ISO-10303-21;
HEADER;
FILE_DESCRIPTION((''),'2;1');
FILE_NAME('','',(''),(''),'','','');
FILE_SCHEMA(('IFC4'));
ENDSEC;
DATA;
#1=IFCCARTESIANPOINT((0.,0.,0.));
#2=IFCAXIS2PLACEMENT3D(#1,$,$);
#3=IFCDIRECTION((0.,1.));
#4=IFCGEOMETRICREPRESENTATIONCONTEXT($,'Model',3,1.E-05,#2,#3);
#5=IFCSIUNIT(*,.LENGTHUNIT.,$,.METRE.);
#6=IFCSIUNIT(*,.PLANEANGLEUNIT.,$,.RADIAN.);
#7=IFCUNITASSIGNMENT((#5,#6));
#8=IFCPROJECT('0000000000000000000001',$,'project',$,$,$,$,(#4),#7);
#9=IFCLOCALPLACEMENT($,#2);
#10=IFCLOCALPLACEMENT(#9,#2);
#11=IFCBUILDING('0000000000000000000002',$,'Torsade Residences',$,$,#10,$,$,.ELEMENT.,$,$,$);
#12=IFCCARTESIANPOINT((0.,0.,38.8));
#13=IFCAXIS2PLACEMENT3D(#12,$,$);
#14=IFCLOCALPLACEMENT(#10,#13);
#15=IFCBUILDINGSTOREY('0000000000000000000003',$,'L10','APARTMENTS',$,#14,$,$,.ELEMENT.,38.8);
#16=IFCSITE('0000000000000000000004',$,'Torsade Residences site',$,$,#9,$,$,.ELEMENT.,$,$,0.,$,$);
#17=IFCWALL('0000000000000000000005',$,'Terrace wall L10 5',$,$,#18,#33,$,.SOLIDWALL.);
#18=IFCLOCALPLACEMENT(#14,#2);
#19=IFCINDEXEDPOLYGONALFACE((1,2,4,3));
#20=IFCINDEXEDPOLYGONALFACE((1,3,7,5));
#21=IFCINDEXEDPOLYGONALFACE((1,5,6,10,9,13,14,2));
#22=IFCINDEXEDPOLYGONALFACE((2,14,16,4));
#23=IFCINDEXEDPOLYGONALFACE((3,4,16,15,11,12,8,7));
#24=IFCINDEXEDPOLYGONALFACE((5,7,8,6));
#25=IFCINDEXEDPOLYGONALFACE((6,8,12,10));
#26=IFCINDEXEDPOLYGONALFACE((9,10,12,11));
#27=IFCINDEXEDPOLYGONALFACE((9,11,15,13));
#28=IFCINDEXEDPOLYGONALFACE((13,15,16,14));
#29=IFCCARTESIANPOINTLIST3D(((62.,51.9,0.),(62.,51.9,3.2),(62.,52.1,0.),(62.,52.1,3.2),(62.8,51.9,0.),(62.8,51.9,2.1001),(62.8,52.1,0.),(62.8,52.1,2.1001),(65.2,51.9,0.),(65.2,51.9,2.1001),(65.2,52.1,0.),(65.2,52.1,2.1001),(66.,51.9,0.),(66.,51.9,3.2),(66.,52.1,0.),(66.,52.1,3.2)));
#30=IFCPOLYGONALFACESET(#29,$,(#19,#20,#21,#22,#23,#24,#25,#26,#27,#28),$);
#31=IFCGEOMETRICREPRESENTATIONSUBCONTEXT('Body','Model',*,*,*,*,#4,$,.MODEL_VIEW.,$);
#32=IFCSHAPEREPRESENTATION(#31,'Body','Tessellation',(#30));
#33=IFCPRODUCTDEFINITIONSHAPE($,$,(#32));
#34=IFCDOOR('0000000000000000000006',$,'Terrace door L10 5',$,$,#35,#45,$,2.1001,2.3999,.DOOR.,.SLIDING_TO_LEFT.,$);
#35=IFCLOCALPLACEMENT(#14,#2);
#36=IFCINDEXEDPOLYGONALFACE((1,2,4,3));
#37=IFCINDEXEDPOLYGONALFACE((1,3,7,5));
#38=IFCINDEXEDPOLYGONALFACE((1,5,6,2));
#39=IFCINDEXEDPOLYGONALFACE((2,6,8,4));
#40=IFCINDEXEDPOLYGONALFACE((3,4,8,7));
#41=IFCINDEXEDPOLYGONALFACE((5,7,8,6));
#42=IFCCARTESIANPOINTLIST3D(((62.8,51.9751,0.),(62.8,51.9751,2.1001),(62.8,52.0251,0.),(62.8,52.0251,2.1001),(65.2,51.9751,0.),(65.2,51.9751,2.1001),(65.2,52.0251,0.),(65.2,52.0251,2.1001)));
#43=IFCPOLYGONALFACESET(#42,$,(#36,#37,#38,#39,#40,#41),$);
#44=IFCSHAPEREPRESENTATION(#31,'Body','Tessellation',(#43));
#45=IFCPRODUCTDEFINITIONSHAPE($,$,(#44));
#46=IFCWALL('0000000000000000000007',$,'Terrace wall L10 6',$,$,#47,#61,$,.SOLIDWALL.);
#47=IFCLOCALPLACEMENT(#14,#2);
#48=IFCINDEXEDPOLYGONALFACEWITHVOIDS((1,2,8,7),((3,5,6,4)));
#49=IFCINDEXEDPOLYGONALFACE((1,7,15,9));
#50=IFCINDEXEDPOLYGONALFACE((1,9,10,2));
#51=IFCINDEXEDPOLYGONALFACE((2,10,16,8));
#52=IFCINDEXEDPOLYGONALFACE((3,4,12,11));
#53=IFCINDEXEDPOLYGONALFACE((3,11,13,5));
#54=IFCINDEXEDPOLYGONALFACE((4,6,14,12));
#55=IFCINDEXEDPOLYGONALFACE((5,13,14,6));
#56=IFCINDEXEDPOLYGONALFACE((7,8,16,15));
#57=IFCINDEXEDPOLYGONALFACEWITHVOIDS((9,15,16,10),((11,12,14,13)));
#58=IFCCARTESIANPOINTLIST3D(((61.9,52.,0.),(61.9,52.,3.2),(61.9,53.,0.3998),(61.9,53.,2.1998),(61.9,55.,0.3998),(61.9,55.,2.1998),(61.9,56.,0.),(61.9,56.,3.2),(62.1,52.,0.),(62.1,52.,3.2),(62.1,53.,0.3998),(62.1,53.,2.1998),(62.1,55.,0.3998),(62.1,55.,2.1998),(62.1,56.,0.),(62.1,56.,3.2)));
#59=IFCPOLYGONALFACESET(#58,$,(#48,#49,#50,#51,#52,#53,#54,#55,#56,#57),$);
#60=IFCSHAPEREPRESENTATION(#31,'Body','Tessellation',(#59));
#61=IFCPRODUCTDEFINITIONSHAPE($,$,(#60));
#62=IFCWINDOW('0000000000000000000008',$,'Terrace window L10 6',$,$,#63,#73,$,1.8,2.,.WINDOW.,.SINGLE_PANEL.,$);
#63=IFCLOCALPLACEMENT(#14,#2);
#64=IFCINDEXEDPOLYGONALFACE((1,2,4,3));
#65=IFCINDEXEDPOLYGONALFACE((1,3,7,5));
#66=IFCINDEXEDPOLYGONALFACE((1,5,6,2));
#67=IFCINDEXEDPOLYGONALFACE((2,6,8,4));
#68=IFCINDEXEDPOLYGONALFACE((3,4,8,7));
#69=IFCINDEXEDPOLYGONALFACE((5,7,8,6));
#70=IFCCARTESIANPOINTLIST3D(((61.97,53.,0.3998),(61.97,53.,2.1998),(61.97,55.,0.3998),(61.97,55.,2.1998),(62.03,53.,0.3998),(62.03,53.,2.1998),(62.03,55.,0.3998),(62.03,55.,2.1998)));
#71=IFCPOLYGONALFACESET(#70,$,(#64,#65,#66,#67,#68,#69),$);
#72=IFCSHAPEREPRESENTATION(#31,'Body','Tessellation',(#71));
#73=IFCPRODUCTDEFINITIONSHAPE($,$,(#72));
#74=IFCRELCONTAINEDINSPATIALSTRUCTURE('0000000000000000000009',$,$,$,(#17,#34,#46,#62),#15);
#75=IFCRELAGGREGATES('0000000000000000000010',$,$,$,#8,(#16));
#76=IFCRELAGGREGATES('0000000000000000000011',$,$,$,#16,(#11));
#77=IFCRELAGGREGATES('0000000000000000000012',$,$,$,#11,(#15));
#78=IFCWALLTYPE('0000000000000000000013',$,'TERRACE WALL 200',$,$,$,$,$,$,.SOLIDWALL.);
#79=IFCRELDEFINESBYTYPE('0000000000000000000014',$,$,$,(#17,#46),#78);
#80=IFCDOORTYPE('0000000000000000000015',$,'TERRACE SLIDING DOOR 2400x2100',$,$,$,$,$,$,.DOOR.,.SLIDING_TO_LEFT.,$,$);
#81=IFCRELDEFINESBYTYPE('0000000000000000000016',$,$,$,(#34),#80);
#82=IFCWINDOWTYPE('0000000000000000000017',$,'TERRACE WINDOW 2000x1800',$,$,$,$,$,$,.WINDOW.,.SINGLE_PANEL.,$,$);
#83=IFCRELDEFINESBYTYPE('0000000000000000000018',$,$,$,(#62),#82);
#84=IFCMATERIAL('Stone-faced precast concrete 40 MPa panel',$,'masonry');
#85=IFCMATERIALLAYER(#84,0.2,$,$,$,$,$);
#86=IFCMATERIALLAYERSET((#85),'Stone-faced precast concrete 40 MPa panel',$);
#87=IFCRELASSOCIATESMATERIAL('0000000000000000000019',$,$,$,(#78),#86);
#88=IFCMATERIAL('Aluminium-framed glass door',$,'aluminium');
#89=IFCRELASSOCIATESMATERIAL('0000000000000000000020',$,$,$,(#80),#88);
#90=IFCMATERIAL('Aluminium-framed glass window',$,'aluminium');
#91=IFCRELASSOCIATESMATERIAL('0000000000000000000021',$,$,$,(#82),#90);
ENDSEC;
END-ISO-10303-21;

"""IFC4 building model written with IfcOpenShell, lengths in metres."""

from ifc_helpers import new_model, si_unit, direction, frame, frame_2d, origin, place, context, subcontext, project, spatial, rectangle, extrude, material, layer, layer_set, type_object, element, fill, save


model = new_model("IFC4")

# Units and contexts
model_context = context("Model", 3, precision=1e-05, world=origin(), true_north=direction((0.0, 1.0)))
body_context = subcontext(model_context, "Body", "Model", "MODEL_VIEW")
ifc_project = project(units=[si_unit("LENGTHUNIT", "METRE"), si_unit("PLANEANGLEUNIT", "RADIAN")], contexts=[model_context])

# Site, building, storey
site_placement = place(None, origin())
site = spatial("IfcSite", under=ifc_project, at=site_placement, Name="Torsade Residences site", CompositionType="ELEMENT", RefElevation=0.0)
building_placement = place(site_placement, origin())
building = spatial("IfcBuilding", under=site, at=building_placement, Name="Torsade Residences", CompositionType="ELEMENT")
storey_placement = place(building_placement, frame((0.0, 0.0, 38.8)))
storey = spatial("IfcBuildingStorey", under=building, at=storey_placement, Name="L10", Description="APARTMENTS", CompositionType="ELEMENT", Elevation=38.8)

# Wall, opening, door
ifc_material_1 = material(Name="Stone-faced precast concrete 40 MPa panel", Category="masonry")
ifc_layer_1 = layer(ifc_material_1, 0.2)
ifc_layer_set_1 = layer_set([ifc_layer_1], Name="Stone-faced precast concrete 40 MPa panel")
wall_type_1 = type_object("IfcWallType", Name="TERRACE WALL 200", PredefinedType="SOLIDWALL", material=ifc_layer_set_1)
wall_1_placement = place(storey_placement, frame((66.0, 52.0, 0.0), z_axis=(0.0, 0.0, 1.0), x_axis=(-1.0, 0.0, 0.0)))
wall_1 = element("IfcWall", 1, at=wall_1_placement, inside=storey, type_object=wall_type_1, Name="Terrace wall L10 5", PredefinedType="SOLIDWALL", context=body_context, shape_type="SweptSolid", body=[
    extrude(rectangle(XDim=4.0, YDim=0.2, at=frame_2d((2.0, 0.0))), origin(), (0.0, 0.0, 1.0), 3.2),
])
opening_1_placement = place(wall_1_placement, frame((0.8, 0.0, 0.0)))
opening_1 = element("IfcOpeningElement", 2, at=opening_1_placement, cuts=wall_1, PredefinedType="OPENING", context=body_context, shape_type="SweptSolid", body=[
    extrude(rectangle(XDim=2.3999, YDim=2.1001, at=frame_2d((1.2, 1.05))), frame((0.0, 0.1099, 0.0), z_axis=(0.0, -1.0, 0.0), x_axis=(1.0, 0.0, 0.0)), (0.0, 0.0, 1.0), 0.22),
])
ifc_material_2 = material(Name="Aluminium-framed glass door", Category="aluminium")
door_type = type_object("IfcDoorType", Name="TERRACE SLIDING DOOR 2400x2100", OperationType="SLIDING_TO_LEFT", PredefinedType="DOOR", material=ifc_material_2)
door_placement = place(opening_1_placement, origin())
door = element("IfcDoor", 3, at=door_placement, inside=storey, type_object=door_type, Name="Terrace door L10 5", OperationType="SLIDING_TO_LEFT", OverallHeight=2.1001, OverallWidth=2.3999, PredefinedType="DOOR", context=body_context, shape_type="SweptSolid", body=[
    extrude(rectangle(XDim=2.3999, YDim=2.1001, at=frame_2d((1.2, 1.05))), frame((0.0, 0.0249, 0.0), z_axis=(0.0, -1.0, 0.0), x_axis=(1.0, 0.0, 0.0)), (0.0, 0.0, 1.0), 0.05),
])
fill(opening_1, door)

# Wall, opening, window
wall_2_placement = place(storey_placement, frame((62.0, 52.0, 0.0), z_axis=(0.0, 0.0, 1.0), x_axis=(0.0, 1.0, 0.0)))
wall_2 = element("IfcWall", 4, at=wall_2_placement, inside=storey, type_object=wall_type_1, Name="Terrace wall L10 6", PredefinedType="SOLIDWALL", context=body_context, shape_type="SweptSolid", body=[
    extrude(rectangle(XDim=4.0, YDim=0.2, at=frame_2d((2.0, 0.0))), origin(), (0.0, 0.0, 1.0), 3.2),
])
opening_2_placement = place(wall_2_placement, frame((1.0, 0.0, 0.3999)))
opening_2 = element("IfcOpeningElement", 5, at=opening_2_placement, cuts=wall_2, PredefinedType="OPENING", context=body_context, shape_type="SweptSolid", body=[
    extrude(rectangle(XDim=2.0, YDim=1.8, at=frame_2d((1.0, 0.8999))), frame((0.0, 0.1099, 0.0), z_axis=(0.0, -1.0, 0.0), x_axis=(1.0, 0.0, 0.0)), (0.0, 0.0, 1.0), 0.22),
])
ifc_material_3 = material(Name="Aluminium-framed glass window", Category="aluminium")
window_type = type_object("IfcWindowType", Name="TERRACE WINDOW 2000x1800", PartitioningType="SINGLE_PANEL", PredefinedType="WINDOW", material=ifc_material_3)
window_placement = place(opening_2_placement, origin())
window = element("IfcWindow", 6, at=window_placement, inside=storey, type_object=window_type, Name="Terrace window L10 6", OverallHeight=1.8, OverallWidth=2.0, PartitioningType="SINGLE_PANEL", PredefinedType="WINDOW", context=body_context, shape_type="SweptSolid", body=[
    extrude(rectangle(XDim=2.0, YDim=1.8, at=frame_2d((1.0, 0.8999))), frame((0.0, 0.03, 0.0), z_axis=(0.0, -1.0, 0.0), x_axis=(1.0, 0.0, 0.0)), (0.0, 0.0, 1.0), 0.0601),
])
fill(opening_2, window)

save(model, "model.ifc")
